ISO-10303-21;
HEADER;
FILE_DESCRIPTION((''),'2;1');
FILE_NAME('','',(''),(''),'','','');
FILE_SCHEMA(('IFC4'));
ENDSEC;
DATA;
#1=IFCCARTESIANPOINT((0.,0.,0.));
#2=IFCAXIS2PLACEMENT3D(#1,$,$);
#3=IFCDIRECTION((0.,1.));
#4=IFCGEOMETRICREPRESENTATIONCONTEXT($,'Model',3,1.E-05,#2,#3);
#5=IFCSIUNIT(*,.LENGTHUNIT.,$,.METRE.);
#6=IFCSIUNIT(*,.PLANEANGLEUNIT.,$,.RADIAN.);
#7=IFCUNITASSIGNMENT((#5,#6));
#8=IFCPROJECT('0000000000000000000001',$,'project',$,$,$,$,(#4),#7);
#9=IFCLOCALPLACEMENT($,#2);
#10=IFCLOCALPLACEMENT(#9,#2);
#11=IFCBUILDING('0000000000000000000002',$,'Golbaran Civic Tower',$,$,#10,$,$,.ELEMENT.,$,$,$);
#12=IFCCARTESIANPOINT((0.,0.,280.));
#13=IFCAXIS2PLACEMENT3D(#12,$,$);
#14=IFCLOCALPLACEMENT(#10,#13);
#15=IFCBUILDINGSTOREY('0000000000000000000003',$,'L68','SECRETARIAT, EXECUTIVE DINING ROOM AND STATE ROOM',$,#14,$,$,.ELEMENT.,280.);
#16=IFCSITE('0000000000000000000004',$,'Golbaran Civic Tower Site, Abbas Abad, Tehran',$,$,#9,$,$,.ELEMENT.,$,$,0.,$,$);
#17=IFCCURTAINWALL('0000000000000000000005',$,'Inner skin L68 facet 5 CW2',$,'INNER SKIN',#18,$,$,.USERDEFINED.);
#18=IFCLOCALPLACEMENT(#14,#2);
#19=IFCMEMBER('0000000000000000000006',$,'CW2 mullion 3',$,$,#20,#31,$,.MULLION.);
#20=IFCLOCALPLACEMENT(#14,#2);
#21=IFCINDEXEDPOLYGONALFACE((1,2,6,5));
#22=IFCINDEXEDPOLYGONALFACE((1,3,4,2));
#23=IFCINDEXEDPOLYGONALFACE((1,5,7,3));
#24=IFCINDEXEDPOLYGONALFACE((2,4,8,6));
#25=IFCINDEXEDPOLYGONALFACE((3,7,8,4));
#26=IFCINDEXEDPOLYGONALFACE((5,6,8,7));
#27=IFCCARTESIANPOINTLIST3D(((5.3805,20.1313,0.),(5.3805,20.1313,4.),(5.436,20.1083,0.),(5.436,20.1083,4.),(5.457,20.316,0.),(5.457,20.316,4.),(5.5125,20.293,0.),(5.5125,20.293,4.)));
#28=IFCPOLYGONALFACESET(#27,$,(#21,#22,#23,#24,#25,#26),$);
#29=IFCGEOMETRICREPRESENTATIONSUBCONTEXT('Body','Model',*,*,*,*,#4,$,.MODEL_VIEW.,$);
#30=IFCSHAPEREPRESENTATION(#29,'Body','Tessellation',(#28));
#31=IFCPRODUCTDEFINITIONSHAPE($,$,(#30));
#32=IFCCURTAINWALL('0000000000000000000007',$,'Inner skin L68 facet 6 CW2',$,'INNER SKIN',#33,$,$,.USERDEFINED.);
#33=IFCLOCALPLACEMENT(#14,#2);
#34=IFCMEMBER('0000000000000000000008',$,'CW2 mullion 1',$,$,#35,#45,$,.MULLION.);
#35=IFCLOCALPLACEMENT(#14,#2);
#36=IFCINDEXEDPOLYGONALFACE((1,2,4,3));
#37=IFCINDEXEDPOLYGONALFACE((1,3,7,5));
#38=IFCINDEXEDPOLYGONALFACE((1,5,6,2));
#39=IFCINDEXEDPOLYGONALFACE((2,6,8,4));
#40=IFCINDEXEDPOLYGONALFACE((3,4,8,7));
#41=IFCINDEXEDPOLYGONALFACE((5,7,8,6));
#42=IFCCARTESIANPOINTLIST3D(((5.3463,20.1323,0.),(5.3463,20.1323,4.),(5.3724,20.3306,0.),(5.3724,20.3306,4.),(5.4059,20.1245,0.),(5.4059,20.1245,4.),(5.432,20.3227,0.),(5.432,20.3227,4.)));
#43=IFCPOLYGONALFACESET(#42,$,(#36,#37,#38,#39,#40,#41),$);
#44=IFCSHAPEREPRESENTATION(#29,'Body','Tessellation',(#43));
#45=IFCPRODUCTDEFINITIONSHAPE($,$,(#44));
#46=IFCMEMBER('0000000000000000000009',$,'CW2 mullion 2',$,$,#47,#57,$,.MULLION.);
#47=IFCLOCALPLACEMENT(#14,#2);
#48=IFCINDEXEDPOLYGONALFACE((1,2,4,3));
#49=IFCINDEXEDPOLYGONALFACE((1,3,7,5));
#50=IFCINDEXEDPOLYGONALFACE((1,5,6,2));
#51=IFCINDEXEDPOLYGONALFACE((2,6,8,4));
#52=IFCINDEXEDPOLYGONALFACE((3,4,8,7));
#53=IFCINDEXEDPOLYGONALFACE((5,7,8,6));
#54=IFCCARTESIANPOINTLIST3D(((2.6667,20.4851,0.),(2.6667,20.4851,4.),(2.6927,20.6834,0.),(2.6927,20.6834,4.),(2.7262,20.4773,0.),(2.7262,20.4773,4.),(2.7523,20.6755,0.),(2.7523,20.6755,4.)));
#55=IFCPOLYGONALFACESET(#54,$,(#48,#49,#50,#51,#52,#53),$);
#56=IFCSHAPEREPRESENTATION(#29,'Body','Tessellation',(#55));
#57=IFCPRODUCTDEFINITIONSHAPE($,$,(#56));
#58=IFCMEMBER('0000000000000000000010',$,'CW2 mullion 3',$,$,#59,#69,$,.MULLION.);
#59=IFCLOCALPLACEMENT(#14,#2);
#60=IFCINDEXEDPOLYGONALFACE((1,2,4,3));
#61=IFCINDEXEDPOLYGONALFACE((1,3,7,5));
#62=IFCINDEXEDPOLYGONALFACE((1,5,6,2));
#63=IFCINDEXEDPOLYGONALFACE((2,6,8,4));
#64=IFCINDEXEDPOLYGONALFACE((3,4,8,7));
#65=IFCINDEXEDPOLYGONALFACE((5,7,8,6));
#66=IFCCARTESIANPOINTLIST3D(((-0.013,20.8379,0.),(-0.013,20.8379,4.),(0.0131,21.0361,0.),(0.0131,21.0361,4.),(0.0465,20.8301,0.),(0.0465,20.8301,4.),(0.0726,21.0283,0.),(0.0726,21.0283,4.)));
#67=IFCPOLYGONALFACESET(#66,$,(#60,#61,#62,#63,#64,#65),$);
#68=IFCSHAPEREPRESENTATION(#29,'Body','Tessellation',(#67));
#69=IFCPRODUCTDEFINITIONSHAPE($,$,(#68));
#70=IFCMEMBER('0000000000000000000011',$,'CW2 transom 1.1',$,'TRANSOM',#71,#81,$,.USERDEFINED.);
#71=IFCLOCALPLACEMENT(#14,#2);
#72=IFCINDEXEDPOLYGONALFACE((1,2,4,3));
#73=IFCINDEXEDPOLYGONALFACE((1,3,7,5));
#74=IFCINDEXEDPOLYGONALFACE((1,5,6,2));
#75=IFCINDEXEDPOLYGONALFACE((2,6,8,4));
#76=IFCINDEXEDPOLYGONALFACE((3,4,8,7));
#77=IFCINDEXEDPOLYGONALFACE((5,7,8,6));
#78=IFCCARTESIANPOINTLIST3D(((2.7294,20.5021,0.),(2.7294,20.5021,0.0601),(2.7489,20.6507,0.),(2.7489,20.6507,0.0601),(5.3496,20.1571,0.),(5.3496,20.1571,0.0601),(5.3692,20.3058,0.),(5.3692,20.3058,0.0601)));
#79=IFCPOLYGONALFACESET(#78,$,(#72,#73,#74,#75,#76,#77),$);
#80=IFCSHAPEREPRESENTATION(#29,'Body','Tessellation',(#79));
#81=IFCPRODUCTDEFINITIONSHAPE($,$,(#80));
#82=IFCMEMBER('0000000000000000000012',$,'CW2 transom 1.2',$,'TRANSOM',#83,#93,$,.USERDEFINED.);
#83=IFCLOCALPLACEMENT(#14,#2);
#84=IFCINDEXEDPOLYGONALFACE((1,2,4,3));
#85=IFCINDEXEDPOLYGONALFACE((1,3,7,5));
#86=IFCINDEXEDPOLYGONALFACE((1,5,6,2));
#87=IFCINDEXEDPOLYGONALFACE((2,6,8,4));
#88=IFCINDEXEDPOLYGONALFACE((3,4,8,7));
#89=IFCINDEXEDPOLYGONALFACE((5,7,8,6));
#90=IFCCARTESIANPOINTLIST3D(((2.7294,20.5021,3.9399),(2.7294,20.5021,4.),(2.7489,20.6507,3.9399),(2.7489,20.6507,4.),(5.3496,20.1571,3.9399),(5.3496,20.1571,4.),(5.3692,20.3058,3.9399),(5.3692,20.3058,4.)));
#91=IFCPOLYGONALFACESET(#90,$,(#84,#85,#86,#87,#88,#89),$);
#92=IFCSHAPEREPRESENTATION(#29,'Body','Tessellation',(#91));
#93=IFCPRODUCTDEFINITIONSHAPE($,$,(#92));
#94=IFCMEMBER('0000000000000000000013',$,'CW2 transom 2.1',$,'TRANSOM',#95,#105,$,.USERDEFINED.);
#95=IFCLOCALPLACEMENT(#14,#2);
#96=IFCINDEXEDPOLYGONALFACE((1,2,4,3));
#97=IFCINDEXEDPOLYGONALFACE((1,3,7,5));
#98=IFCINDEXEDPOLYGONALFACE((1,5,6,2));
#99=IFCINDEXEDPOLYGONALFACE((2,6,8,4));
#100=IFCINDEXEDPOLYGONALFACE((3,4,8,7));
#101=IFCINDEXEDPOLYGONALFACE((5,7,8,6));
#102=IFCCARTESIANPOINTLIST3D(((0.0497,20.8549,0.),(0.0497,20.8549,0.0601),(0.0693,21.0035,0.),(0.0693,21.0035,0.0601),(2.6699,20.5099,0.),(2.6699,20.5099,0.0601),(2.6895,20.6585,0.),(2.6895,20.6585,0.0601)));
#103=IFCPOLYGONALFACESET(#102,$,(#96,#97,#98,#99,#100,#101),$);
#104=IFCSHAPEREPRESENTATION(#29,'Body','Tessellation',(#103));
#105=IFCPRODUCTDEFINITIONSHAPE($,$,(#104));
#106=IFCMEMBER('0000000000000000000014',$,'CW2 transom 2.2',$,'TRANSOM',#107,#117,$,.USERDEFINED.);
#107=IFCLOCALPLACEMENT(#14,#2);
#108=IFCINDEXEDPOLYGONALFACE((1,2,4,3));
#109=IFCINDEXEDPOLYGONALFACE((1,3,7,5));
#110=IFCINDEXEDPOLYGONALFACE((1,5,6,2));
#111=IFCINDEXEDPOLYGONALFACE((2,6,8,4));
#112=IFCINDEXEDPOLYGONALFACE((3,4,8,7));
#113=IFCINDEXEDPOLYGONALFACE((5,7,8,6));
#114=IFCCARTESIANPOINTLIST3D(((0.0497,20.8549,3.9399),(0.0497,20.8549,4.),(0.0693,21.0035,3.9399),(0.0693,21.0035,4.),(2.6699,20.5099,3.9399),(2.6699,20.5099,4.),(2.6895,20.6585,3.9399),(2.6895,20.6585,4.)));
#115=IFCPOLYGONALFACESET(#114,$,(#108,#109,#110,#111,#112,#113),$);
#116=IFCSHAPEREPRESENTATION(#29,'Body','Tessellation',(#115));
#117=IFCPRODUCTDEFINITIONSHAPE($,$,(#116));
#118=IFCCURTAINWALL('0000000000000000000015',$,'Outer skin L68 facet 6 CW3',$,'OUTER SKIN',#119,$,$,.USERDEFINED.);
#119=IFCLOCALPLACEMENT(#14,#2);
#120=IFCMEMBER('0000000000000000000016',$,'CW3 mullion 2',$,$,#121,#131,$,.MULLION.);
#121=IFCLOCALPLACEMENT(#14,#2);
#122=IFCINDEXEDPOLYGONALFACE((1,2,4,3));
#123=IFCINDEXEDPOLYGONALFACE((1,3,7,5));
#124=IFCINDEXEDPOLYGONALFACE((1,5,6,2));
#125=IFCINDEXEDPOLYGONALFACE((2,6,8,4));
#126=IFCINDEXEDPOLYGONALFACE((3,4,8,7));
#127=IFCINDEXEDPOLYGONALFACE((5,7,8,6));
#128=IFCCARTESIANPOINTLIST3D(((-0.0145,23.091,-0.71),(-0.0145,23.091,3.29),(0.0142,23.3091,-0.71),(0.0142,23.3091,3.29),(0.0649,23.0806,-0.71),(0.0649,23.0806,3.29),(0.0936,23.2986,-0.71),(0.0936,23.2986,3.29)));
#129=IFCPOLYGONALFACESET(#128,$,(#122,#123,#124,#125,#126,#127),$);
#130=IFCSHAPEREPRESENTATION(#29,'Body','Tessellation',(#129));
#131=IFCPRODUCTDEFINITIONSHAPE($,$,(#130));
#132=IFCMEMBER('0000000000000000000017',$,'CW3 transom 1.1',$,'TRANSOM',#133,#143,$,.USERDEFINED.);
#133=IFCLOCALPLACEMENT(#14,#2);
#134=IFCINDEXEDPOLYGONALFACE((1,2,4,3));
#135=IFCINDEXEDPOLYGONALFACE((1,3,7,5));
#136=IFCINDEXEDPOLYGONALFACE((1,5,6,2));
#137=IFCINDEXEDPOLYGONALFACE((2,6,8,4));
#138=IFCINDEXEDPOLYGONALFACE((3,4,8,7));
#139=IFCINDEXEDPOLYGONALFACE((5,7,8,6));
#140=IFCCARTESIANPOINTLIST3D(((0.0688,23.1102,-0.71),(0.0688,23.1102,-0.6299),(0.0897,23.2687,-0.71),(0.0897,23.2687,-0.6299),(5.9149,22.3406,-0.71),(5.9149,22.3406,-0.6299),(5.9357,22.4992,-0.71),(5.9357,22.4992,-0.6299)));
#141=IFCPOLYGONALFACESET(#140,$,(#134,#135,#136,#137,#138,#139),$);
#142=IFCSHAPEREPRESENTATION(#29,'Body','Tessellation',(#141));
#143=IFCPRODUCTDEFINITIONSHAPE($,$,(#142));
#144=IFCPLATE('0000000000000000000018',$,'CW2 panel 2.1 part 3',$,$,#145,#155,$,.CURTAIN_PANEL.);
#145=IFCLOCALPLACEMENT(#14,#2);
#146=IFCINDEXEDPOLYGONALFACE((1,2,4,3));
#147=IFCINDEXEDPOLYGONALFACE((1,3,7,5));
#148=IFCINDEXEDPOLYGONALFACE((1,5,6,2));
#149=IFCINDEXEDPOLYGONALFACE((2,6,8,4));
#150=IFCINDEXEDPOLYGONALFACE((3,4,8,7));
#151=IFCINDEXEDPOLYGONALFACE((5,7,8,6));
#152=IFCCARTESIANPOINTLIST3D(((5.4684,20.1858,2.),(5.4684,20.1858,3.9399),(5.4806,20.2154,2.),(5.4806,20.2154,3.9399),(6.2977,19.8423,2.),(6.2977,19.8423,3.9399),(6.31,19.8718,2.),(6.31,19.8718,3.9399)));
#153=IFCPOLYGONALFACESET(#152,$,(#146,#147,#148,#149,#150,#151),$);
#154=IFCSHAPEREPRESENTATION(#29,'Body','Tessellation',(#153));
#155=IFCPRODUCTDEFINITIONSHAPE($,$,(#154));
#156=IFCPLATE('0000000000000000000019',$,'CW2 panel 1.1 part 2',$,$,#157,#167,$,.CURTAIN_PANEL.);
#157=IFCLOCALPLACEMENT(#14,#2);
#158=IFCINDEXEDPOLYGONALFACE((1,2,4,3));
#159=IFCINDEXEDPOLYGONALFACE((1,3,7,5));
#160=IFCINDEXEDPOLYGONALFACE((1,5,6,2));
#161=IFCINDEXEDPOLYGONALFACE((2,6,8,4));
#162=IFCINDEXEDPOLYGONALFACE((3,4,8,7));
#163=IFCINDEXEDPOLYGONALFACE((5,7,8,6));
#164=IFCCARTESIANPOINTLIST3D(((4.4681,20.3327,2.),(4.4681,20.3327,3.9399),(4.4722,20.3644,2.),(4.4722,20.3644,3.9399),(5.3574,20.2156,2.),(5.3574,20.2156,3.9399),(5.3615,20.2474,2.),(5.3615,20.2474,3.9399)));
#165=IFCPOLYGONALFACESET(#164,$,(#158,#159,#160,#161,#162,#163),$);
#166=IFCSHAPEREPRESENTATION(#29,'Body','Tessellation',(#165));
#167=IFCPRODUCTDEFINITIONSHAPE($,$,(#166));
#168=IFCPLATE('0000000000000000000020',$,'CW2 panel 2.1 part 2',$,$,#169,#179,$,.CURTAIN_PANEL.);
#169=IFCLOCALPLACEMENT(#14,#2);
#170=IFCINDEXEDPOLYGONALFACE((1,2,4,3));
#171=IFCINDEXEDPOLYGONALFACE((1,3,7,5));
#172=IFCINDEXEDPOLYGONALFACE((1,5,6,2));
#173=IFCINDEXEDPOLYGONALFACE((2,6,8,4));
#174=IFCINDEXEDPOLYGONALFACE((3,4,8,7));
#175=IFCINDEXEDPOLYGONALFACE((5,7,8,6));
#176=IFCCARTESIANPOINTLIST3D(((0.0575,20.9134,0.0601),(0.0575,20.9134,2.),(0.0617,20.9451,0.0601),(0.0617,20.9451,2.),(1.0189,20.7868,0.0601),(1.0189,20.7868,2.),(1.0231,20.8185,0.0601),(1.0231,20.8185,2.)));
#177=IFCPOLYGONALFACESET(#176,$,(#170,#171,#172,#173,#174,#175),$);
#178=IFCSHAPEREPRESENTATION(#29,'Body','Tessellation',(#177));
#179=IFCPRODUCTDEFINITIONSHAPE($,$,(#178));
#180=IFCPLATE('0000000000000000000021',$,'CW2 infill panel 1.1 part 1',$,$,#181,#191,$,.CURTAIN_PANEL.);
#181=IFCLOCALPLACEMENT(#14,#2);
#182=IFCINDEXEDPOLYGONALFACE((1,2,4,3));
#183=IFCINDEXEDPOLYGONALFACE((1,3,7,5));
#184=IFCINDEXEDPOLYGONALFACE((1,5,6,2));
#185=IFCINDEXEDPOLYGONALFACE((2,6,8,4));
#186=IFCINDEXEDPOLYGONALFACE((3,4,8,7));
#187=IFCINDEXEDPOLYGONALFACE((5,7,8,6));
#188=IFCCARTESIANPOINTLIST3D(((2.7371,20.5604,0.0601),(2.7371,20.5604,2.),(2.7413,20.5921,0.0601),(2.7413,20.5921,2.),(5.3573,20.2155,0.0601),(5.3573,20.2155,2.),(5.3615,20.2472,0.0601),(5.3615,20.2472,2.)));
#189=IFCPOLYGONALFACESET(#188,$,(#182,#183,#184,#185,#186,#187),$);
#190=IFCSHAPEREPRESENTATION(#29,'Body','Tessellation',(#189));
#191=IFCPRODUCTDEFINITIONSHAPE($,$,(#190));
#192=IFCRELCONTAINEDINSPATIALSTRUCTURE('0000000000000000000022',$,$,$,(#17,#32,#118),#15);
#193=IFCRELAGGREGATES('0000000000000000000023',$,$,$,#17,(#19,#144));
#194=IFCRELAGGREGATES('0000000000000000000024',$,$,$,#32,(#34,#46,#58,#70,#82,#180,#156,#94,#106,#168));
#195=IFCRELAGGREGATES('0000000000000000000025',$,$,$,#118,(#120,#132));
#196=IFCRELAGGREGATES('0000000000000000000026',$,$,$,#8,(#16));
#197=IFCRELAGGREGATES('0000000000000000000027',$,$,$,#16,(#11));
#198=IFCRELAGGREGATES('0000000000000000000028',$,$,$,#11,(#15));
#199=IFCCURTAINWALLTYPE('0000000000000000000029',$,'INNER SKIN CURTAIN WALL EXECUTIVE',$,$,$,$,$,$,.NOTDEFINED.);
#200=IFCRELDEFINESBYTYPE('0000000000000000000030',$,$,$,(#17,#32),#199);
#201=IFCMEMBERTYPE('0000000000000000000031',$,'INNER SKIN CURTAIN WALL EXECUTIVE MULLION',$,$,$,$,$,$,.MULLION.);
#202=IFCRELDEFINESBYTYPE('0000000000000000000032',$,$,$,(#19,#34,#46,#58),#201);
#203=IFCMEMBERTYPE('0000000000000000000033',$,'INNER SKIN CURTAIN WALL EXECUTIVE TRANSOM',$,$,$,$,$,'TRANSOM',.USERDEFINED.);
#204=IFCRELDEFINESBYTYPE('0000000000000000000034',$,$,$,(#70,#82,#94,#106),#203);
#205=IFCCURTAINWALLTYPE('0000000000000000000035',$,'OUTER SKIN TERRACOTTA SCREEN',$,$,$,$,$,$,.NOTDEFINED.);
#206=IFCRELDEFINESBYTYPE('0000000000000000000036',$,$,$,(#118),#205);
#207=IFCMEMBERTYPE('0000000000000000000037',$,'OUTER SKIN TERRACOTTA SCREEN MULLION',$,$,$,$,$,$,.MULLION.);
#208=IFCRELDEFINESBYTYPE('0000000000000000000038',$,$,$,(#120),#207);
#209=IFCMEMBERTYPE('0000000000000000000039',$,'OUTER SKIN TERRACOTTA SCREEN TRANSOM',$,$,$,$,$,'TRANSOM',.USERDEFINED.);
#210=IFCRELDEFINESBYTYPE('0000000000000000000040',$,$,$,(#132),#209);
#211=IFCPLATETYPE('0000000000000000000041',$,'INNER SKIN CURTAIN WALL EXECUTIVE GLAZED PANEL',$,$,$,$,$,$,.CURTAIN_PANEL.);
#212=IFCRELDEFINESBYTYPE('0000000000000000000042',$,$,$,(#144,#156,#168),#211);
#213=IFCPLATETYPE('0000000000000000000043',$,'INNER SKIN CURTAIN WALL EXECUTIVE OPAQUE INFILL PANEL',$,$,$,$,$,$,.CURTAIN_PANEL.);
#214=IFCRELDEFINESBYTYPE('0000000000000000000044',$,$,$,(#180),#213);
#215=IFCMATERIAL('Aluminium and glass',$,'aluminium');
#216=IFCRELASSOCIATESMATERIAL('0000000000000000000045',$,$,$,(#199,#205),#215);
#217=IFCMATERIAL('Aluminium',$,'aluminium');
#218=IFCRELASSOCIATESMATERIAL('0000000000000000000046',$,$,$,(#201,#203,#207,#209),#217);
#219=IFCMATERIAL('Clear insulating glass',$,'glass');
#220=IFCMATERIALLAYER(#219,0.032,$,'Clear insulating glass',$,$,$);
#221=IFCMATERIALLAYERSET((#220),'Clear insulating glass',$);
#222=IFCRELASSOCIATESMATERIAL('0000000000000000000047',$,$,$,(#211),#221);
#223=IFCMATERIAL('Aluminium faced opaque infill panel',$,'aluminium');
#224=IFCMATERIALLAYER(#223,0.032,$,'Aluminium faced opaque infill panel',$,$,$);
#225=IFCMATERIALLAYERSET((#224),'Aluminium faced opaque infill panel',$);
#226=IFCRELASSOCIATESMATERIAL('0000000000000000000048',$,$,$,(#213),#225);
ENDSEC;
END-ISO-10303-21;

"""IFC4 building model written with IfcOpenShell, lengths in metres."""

from ifc_helpers import new_model, si_unit, direction, frame, origin, origin_2d, place, context, subcontext, project, spatial, rectangle, extrude, material, layer, layer_set, material_profile, profile_set, type_object, element, aggregate, save


model = new_model("IFC4")

# Units and contexts
model_context = context("Model", 3, precision=1e-05, world=origin(), true_north=direction((0.0, 1.0)))
body_context = subcontext(model_context, "Body", "Model", "MODEL_VIEW")
ifc_project = project(units=[si_unit("LENGTHUNIT", "METRE"), si_unit("PLANEANGLEUNIT", "RADIAN")], contexts=[model_context])

# Site, building, storey
site_placement = place(None, origin())
site = spatial("IfcSite", under=ifc_project, at=site_placement, Name="Golbaran Civic Tower Site, Abbas Abad, Tehran", CompositionType="ELEMENT", RefElevation=0.0)
building_placement = place(site_placement, origin())
building = spatial("IfcBuilding", under=site, at=building_placement, Name="Golbaran Civic Tower", CompositionType="ELEMENT")
storey_placement = place(building_placement, frame((0.0, 0.0, 280.0)))
storey = spatial("IfcBuildingStorey", under=building, at=storey_placement, Name="L68", Description="SECRETARIAT, EXECUTIVE DINING ROOM AND STATE ROOM", CompositionType="ELEMENT", Elevation=280.0)

# Curtain wall, member
ifc_material_1 = material(Name="Aluminium and glass", Category="aluminium")
curtain_wall_type_1 = type_object("IfcCurtainWallType", Name="INNER SKIN CURTAIN WALL EXECUTIVE", PredefinedType="NOTDEFINED", material=ifc_material_1)
curtain_wall_1_placement = place(storey_placement, origin())
curtain_wall_1 = element("IfcCurtainWall", 1, at=curtain_wall_1_placement, inside=storey, type_object=curtain_wall_type_1, Name="Inner skin L68 facet 5 CW2", ObjectType="INNER SKIN", PredefinedType="USERDEFINED")
ifc_material_2 = material(Name="Aluminium", Category="aluminium")
ifc_material_profile_1 = material_profile(ifc_material_2, rectangle(XDim=0.2, YDim=0.0601, at=origin_2d()), Name="INNER SKIN CURTAIN WALL EXECUTIVE MULLION")
ifc_profile_set_1 = profile_set([ifc_material_profile_1], Name="Aluminium")
member_type_1 = type_object("IfcMemberType", Name="INNER SKIN CURTAIN WALL EXECUTIVE MULLION", PredefinedType="MULLION", material=ifc_profile_set_1)
member_1_placement = place(storey_placement, frame((5.4465, 20.2122, 0.0), z_axis=(0.0, 0.0, 1.0), x_axis=(-0.382683, -0.92388, 0.0)))
member_1 = element("IfcMember", 2, at=member_1_placement, type_object=member_type_1, Name="CW2 mullion 3", PredefinedType="MULLION", context=body_context, shape_type="SweptSolid", body=[
    extrude(rectangle(XDim=0.2, YDim=0.0601, at=origin_2d()), origin(), (0.0, 0.0, 1.0), 4.0),
])

# Curtain walls, members
curtain_wall_2_placement = place(storey_placement, origin())
curtain_wall_2 = element("IfcCurtainWall", 3, at=curtain_wall_2_placement, inside=storey, type_object=curtain_wall_type_1, Name="Inner skin L68 facet 6 CW2", ObjectType="INNER SKIN", PredefinedType="USERDEFINED")
member_2_placement = place(storey_placement, frame((5.3892, 20.2275, 0.0), z_axis=(0.0, 0.0, 1.0), x_axis=(-0.130526, -0.991445, 0.0)))
member_2 = element("IfcMember", 4, at=member_2_placement, type_object=member_type_1, Name="CW2 mullion 1", PredefinedType="MULLION", context=body_context, shape_type="SweptSolid", body=[
    extrude(rectangle(XDim=0.2, YDim=0.0601, at=origin_2d()), origin(), (0.0, 0.0, 1.0), 4.0),
])
member_3_placement = place(storey_placement, frame((2.7095, 20.5803, 0.0), z_axis=(0.0, 0.0, 1.0), x_axis=(-0.130526, -0.991445, 0.0)))
member_3 = element("IfcMember", 5, at=member_3_placement, type_object=member_type_1, Name="CW2 mullion 2", PredefinedType="MULLION", context=body_context, shape_type="SweptSolid", body=[
    extrude(rectangle(XDim=0.2, YDim=0.0601, at=origin_2d()), origin(), (0.0, 0.0, 1.0), 4.0),
])
member_4_placement = place(storey_placement, frame((0.0298, 20.9331, 0.0), z_axis=(0.0, 0.0, 1.0), x_axis=(-0.130526, -0.991445, 0.0)))
member_4 = element("IfcMember", 6, at=member_4_placement, type_object=member_type_1, Name="CW2 mullion 3", PredefinedType="MULLION", context=body_context, shape_type="SweptSolid", body=[
    extrude(rectangle(XDim=0.2, YDim=0.0601, at=origin_2d()), origin(), (0.0, 0.0, 1.0), 4.0),
])
ifc_material_profile_2 = material_profile(ifc_material_2, rectangle(XDim=0.1499, YDim=0.0601, at=origin_2d()), Name="INNER SKIN CURTAIN WALL EXECUTIVE TRANSOM")
ifc_profile_set_2 = profile_set([ifc_material_profile_2], Name="Aluminium")
member_type_2 = type_object("IfcMemberType", Name="INNER SKIN CURTAIN WALL EXECUTIVE TRANSOM", ElementType="TRANSOM", PredefinedType="USERDEFINED", material=ifc_profile_set_2)
member_5_placement = place(storey_placement, frame((5.3594, 20.2314, 0.03), z_axis=(-0.991444, 0.130536, 0.0), x_axis=(-0.130536, -0.991444, 0.0)))
member_5 = element("IfcMember", 7, at=member_5_placement, type_object=member_type_2, Name="CW2 transom 1.1", ObjectType="TRANSOM", PredefinedType="USERDEFINED", context=body_context, shape_type="SweptSolid", body=[
    extrude(rectangle(XDim=0.1499, YDim=0.0601, at=origin_2d()), origin(), (0.0, 0.0, 1.0), 2.6428),
])
member_6_placement = place(storey_placement, frame((5.3594, 20.2314, 3.97), z_axis=(-0.991444, 0.130536, 0.0), x_axis=(-0.130536, -0.991444, 0.0)))
member_6 = element("IfcMember", 8, at=member_6_placement, type_object=member_type_2, Name="CW2 transom 1.2", ObjectType="TRANSOM", PredefinedType="USERDEFINED", context=body_context, shape_type="SweptSolid", body=[
    extrude(rectangle(XDim=0.1499, YDim=0.0601, at=origin_2d()), origin(), (0.0, 0.0, 1.0), 2.6428),
])
member_7_placement = place(storey_placement, frame((2.6797, 20.5842, 0.03), z_axis=(-0.991444, 0.130536, 0.0), x_axis=(-0.130536, -0.991444, 0.0)))
member_7 = element("IfcMember", 9, at=member_7_placement, type_object=member_type_2, Name="CW2 transom 2.1", ObjectType="TRANSOM", PredefinedType="USERDEFINED", context=body_context, shape_type="SweptSolid", body=[
    extrude(rectangle(XDim=0.1499, YDim=0.0601, at=origin_2d()), origin(), (0.0, 0.0, 1.0), 2.6428),
])
member_8_placement = place(storey_placement, frame((2.6797, 20.5842, 3.97), z_axis=(-0.991444, 0.130536, 0.0), x_axis=(-0.130536, -0.991444, 0.0)))
member_8 = element("IfcMember", 10, at=member_8_placement, type_object=member_type_2, Name="CW2 transom 2.2", ObjectType="TRANSOM", PredefinedType="USERDEFINED", context=body_context, shape_type="SweptSolid", body=[
    extrude(rectangle(XDim=0.1499, YDim=0.0601, at=origin_2d()), origin(), (0.0, 0.0, 1.0), 2.6428),
])
curtain_wall_type_2 = type_object("IfcCurtainWallType", Name="OUTER SKIN TERRACOTTA SCREEN", PredefinedType="NOTDEFINED", material=ifc_material_1)
curtain_wall_3_placement = place(storey_placement, origin())
curtain_wall_3 = element("IfcCurtainWall", 11, at=curtain_wall_3_placement, inside=storey, type_object=curtain_wall_type_2, Name="Outer skin L68 facet 6 CW3", ObjectType="OUTER SKIN", PredefinedType="USERDEFINED")
ifc_material_profile_3 = material_profile(ifc_material_2, rectangle(XDim=0.22, YDim=0.0801, at=origin_2d()), Name="OUTER SKIN TERRACOTTA SCREEN MULLION")
ifc_profile_set_3 = profile_set([ifc_material_profile_3], Name="Aluminium")
member_type_3 = type_object("IfcMemberType", Name="OUTER SKIN TERRACOTTA SCREEN MULLION", PredefinedType="MULLION", material=ifc_profile_set_3)
member_9_placement = place(storey_placement, frame((0.0396, 23.1948, -0.71), z_axis=(0.0, 0.0, 1.0), x_axis=(-0.130526, -0.991445, 0.0)))
member_9 = element("IfcMember", 12, at=member_9_placement, type_object=member_type_3, Name="CW3 mullion 2", PredefinedType="MULLION", context=body_context, shape_type="SweptSolid", body=[
    extrude(rectangle(XDim=0.22, YDim=0.0801, at=origin_2d()), origin(), (0.0, 0.0, 1.0), 4.0),
])
ifc_material_profile_4 = material_profile(ifc_material_2, rectangle(XDim=0.1599, YDim=0.0801, at=origin_2d()), Name="OUTER SKIN TERRACOTTA SCREEN TRANSOM")
ifc_profile_set_4 = profile_set([ifc_material_profile_4], Name="Aluminium")
member_type_4 = type_object("IfcMemberType", Name="OUTER SKIN TERRACOTTA SCREEN TRANSOM", ElementType="TRANSOM", PredefinedType="USERDEFINED", material=ifc_profile_set_4)
member_10_placement = place(storey_placement, frame((5.9253, 22.4199, -0.6699), z_axis=(-0.991447, 0.130509, 0.0), x_axis=(-0.130509, -0.991447, 0.0)))
member_10 = element("IfcMember", 13, at=member_10_placement, type_object=member_type_4, Name="CW3 transom 1.1", ObjectType="TRANSOM", PredefinedType="USERDEFINED", context=body_context, shape_type="SweptSolid", body=[
    extrude(rectangle(XDim=0.1599, YDim=0.0801, at=origin_2d()), origin(), (0.0, 0.0, 1.0), 5.8965),
])

# Plates
ifc_material_3 = material(Name="Clear insulating glass", Category="glass")
ifc_layer_1 = layer(ifc_material_3, 0.032, Name="Clear insulating glass")
ifc_layer_set_1 = layer_set([ifc_layer_1], Name="Clear insulating glass")
plate_type_1 = type_object("IfcPlateType", Name="INNER SKIN CURTAIN WALL EXECUTIVE GLAZED PANEL", PredefinedType="CURTAIN_PANEL", material=ifc_layer_set_1)
plate_1_placement = place(storey_placement, frame((5.8892, 20.0288, 2.0), z_axis=(0.0, 0.0, 1.0), x_axis=(-0.92388, 0.382683, 0.0)))
plate_1 = element("IfcPlate", 14, at=plate_1_placement, type_object=plate_type_1, Name="CW2 panel 2.1 part 3", PredefinedType="CURTAIN_PANEL", context=body_context, shape_type="SweptSolid", body=[
    extrude(rectangle(XDim=0.8977, YDim=0.032, at=origin_2d()), origin(), (0.0, 0.0, 1.0), 1.9399),
])
aggregate(curtain_wall_1, [member_1, plate_1])
plate_2_placement = place(storey_placement, frame((4.9148, 20.29, 2.0), z_axis=(0.0, 0.0, 1.0), x_axis=(-0.991445, 0.130526, 0.0)))
plate_2 = element("IfcPlate", 15, at=plate_2_placement, type_object=plate_type_1, Name="CW2 panel 1.1 part 2", PredefinedType="CURTAIN_PANEL", context=body_context, shape_type="SweptSolid", body=[
    extrude(rectangle(XDim=0.897, YDim=0.032, at=origin_2d()), origin(), (0.0, 0.0, 1.0), 1.9399),
])
plate_3_placement = place(storey_placement, frame((0.5403, 20.866, 0.0601), z_axis=(0.0, 0.0, 1.0), x_axis=(-0.991445, 0.130526, 0.0)))
plate_3 = element("IfcPlate", 16, at=plate_3_placement, type_object=plate_type_1, Name="CW2 panel 2.1 part 2", PredefinedType="CURTAIN_PANEL", context=body_context, shape_type="SweptSolid", body=[
    extrude(rectangle(XDim=0.9697, YDim=0.032, at=origin_2d()), origin(), (0.0, 0.0, 1.0), 1.9399),
])
ifc_material_4 = material(Name="Aluminium faced opaque infill panel", Category="aluminium")
ifc_layer_2 = layer(ifc_material_4, 0.032, Name="Aluminium faced opaque infill panel")
ifc_layer_set_2 = layer_set([ifc_layer_2], Name="Aluminium faced opaque infill panel")
plate_type_2 = type_object("IfcPlateType", Name="INNER SKIN CURTAIN WALL EXECUTIVE OPAQUE INFILL PANEL", PredefinedType="CURTAIN_PANEL", material=ifc_layer_set_2)
plate_4_placement = place(storey_placement, frame((4.0493, 20.4038, 0.0601), z_axis=(0.0, 0.0, 1.0), x_axis=(-0.991445, 0.130526, 0.0)))
plate_4 = element("IfcPlate", 17, at=plate_4_placement, type_object=plate_type_2, Name="CW2 infill panel 1.1 part 1", PredefinedType="CURTAIN_PANEL", context=body_context, shape_type="SweptSolid", body=[
    extrude(rectangle(XDim=2.6428, YDim=0.032, at=origin_2d()), origin(), (0.0, 0.0, 1.0), 1.9399),
])
aggregate(curtain_wall_2, [member_2, member_3, member_4, member_5, member_6, plate_4, plate_2, member_7, member_8, plate_3])
aggregate(curtain_wall_3, [member_9, member_10])

save(model, "model.ifc")
